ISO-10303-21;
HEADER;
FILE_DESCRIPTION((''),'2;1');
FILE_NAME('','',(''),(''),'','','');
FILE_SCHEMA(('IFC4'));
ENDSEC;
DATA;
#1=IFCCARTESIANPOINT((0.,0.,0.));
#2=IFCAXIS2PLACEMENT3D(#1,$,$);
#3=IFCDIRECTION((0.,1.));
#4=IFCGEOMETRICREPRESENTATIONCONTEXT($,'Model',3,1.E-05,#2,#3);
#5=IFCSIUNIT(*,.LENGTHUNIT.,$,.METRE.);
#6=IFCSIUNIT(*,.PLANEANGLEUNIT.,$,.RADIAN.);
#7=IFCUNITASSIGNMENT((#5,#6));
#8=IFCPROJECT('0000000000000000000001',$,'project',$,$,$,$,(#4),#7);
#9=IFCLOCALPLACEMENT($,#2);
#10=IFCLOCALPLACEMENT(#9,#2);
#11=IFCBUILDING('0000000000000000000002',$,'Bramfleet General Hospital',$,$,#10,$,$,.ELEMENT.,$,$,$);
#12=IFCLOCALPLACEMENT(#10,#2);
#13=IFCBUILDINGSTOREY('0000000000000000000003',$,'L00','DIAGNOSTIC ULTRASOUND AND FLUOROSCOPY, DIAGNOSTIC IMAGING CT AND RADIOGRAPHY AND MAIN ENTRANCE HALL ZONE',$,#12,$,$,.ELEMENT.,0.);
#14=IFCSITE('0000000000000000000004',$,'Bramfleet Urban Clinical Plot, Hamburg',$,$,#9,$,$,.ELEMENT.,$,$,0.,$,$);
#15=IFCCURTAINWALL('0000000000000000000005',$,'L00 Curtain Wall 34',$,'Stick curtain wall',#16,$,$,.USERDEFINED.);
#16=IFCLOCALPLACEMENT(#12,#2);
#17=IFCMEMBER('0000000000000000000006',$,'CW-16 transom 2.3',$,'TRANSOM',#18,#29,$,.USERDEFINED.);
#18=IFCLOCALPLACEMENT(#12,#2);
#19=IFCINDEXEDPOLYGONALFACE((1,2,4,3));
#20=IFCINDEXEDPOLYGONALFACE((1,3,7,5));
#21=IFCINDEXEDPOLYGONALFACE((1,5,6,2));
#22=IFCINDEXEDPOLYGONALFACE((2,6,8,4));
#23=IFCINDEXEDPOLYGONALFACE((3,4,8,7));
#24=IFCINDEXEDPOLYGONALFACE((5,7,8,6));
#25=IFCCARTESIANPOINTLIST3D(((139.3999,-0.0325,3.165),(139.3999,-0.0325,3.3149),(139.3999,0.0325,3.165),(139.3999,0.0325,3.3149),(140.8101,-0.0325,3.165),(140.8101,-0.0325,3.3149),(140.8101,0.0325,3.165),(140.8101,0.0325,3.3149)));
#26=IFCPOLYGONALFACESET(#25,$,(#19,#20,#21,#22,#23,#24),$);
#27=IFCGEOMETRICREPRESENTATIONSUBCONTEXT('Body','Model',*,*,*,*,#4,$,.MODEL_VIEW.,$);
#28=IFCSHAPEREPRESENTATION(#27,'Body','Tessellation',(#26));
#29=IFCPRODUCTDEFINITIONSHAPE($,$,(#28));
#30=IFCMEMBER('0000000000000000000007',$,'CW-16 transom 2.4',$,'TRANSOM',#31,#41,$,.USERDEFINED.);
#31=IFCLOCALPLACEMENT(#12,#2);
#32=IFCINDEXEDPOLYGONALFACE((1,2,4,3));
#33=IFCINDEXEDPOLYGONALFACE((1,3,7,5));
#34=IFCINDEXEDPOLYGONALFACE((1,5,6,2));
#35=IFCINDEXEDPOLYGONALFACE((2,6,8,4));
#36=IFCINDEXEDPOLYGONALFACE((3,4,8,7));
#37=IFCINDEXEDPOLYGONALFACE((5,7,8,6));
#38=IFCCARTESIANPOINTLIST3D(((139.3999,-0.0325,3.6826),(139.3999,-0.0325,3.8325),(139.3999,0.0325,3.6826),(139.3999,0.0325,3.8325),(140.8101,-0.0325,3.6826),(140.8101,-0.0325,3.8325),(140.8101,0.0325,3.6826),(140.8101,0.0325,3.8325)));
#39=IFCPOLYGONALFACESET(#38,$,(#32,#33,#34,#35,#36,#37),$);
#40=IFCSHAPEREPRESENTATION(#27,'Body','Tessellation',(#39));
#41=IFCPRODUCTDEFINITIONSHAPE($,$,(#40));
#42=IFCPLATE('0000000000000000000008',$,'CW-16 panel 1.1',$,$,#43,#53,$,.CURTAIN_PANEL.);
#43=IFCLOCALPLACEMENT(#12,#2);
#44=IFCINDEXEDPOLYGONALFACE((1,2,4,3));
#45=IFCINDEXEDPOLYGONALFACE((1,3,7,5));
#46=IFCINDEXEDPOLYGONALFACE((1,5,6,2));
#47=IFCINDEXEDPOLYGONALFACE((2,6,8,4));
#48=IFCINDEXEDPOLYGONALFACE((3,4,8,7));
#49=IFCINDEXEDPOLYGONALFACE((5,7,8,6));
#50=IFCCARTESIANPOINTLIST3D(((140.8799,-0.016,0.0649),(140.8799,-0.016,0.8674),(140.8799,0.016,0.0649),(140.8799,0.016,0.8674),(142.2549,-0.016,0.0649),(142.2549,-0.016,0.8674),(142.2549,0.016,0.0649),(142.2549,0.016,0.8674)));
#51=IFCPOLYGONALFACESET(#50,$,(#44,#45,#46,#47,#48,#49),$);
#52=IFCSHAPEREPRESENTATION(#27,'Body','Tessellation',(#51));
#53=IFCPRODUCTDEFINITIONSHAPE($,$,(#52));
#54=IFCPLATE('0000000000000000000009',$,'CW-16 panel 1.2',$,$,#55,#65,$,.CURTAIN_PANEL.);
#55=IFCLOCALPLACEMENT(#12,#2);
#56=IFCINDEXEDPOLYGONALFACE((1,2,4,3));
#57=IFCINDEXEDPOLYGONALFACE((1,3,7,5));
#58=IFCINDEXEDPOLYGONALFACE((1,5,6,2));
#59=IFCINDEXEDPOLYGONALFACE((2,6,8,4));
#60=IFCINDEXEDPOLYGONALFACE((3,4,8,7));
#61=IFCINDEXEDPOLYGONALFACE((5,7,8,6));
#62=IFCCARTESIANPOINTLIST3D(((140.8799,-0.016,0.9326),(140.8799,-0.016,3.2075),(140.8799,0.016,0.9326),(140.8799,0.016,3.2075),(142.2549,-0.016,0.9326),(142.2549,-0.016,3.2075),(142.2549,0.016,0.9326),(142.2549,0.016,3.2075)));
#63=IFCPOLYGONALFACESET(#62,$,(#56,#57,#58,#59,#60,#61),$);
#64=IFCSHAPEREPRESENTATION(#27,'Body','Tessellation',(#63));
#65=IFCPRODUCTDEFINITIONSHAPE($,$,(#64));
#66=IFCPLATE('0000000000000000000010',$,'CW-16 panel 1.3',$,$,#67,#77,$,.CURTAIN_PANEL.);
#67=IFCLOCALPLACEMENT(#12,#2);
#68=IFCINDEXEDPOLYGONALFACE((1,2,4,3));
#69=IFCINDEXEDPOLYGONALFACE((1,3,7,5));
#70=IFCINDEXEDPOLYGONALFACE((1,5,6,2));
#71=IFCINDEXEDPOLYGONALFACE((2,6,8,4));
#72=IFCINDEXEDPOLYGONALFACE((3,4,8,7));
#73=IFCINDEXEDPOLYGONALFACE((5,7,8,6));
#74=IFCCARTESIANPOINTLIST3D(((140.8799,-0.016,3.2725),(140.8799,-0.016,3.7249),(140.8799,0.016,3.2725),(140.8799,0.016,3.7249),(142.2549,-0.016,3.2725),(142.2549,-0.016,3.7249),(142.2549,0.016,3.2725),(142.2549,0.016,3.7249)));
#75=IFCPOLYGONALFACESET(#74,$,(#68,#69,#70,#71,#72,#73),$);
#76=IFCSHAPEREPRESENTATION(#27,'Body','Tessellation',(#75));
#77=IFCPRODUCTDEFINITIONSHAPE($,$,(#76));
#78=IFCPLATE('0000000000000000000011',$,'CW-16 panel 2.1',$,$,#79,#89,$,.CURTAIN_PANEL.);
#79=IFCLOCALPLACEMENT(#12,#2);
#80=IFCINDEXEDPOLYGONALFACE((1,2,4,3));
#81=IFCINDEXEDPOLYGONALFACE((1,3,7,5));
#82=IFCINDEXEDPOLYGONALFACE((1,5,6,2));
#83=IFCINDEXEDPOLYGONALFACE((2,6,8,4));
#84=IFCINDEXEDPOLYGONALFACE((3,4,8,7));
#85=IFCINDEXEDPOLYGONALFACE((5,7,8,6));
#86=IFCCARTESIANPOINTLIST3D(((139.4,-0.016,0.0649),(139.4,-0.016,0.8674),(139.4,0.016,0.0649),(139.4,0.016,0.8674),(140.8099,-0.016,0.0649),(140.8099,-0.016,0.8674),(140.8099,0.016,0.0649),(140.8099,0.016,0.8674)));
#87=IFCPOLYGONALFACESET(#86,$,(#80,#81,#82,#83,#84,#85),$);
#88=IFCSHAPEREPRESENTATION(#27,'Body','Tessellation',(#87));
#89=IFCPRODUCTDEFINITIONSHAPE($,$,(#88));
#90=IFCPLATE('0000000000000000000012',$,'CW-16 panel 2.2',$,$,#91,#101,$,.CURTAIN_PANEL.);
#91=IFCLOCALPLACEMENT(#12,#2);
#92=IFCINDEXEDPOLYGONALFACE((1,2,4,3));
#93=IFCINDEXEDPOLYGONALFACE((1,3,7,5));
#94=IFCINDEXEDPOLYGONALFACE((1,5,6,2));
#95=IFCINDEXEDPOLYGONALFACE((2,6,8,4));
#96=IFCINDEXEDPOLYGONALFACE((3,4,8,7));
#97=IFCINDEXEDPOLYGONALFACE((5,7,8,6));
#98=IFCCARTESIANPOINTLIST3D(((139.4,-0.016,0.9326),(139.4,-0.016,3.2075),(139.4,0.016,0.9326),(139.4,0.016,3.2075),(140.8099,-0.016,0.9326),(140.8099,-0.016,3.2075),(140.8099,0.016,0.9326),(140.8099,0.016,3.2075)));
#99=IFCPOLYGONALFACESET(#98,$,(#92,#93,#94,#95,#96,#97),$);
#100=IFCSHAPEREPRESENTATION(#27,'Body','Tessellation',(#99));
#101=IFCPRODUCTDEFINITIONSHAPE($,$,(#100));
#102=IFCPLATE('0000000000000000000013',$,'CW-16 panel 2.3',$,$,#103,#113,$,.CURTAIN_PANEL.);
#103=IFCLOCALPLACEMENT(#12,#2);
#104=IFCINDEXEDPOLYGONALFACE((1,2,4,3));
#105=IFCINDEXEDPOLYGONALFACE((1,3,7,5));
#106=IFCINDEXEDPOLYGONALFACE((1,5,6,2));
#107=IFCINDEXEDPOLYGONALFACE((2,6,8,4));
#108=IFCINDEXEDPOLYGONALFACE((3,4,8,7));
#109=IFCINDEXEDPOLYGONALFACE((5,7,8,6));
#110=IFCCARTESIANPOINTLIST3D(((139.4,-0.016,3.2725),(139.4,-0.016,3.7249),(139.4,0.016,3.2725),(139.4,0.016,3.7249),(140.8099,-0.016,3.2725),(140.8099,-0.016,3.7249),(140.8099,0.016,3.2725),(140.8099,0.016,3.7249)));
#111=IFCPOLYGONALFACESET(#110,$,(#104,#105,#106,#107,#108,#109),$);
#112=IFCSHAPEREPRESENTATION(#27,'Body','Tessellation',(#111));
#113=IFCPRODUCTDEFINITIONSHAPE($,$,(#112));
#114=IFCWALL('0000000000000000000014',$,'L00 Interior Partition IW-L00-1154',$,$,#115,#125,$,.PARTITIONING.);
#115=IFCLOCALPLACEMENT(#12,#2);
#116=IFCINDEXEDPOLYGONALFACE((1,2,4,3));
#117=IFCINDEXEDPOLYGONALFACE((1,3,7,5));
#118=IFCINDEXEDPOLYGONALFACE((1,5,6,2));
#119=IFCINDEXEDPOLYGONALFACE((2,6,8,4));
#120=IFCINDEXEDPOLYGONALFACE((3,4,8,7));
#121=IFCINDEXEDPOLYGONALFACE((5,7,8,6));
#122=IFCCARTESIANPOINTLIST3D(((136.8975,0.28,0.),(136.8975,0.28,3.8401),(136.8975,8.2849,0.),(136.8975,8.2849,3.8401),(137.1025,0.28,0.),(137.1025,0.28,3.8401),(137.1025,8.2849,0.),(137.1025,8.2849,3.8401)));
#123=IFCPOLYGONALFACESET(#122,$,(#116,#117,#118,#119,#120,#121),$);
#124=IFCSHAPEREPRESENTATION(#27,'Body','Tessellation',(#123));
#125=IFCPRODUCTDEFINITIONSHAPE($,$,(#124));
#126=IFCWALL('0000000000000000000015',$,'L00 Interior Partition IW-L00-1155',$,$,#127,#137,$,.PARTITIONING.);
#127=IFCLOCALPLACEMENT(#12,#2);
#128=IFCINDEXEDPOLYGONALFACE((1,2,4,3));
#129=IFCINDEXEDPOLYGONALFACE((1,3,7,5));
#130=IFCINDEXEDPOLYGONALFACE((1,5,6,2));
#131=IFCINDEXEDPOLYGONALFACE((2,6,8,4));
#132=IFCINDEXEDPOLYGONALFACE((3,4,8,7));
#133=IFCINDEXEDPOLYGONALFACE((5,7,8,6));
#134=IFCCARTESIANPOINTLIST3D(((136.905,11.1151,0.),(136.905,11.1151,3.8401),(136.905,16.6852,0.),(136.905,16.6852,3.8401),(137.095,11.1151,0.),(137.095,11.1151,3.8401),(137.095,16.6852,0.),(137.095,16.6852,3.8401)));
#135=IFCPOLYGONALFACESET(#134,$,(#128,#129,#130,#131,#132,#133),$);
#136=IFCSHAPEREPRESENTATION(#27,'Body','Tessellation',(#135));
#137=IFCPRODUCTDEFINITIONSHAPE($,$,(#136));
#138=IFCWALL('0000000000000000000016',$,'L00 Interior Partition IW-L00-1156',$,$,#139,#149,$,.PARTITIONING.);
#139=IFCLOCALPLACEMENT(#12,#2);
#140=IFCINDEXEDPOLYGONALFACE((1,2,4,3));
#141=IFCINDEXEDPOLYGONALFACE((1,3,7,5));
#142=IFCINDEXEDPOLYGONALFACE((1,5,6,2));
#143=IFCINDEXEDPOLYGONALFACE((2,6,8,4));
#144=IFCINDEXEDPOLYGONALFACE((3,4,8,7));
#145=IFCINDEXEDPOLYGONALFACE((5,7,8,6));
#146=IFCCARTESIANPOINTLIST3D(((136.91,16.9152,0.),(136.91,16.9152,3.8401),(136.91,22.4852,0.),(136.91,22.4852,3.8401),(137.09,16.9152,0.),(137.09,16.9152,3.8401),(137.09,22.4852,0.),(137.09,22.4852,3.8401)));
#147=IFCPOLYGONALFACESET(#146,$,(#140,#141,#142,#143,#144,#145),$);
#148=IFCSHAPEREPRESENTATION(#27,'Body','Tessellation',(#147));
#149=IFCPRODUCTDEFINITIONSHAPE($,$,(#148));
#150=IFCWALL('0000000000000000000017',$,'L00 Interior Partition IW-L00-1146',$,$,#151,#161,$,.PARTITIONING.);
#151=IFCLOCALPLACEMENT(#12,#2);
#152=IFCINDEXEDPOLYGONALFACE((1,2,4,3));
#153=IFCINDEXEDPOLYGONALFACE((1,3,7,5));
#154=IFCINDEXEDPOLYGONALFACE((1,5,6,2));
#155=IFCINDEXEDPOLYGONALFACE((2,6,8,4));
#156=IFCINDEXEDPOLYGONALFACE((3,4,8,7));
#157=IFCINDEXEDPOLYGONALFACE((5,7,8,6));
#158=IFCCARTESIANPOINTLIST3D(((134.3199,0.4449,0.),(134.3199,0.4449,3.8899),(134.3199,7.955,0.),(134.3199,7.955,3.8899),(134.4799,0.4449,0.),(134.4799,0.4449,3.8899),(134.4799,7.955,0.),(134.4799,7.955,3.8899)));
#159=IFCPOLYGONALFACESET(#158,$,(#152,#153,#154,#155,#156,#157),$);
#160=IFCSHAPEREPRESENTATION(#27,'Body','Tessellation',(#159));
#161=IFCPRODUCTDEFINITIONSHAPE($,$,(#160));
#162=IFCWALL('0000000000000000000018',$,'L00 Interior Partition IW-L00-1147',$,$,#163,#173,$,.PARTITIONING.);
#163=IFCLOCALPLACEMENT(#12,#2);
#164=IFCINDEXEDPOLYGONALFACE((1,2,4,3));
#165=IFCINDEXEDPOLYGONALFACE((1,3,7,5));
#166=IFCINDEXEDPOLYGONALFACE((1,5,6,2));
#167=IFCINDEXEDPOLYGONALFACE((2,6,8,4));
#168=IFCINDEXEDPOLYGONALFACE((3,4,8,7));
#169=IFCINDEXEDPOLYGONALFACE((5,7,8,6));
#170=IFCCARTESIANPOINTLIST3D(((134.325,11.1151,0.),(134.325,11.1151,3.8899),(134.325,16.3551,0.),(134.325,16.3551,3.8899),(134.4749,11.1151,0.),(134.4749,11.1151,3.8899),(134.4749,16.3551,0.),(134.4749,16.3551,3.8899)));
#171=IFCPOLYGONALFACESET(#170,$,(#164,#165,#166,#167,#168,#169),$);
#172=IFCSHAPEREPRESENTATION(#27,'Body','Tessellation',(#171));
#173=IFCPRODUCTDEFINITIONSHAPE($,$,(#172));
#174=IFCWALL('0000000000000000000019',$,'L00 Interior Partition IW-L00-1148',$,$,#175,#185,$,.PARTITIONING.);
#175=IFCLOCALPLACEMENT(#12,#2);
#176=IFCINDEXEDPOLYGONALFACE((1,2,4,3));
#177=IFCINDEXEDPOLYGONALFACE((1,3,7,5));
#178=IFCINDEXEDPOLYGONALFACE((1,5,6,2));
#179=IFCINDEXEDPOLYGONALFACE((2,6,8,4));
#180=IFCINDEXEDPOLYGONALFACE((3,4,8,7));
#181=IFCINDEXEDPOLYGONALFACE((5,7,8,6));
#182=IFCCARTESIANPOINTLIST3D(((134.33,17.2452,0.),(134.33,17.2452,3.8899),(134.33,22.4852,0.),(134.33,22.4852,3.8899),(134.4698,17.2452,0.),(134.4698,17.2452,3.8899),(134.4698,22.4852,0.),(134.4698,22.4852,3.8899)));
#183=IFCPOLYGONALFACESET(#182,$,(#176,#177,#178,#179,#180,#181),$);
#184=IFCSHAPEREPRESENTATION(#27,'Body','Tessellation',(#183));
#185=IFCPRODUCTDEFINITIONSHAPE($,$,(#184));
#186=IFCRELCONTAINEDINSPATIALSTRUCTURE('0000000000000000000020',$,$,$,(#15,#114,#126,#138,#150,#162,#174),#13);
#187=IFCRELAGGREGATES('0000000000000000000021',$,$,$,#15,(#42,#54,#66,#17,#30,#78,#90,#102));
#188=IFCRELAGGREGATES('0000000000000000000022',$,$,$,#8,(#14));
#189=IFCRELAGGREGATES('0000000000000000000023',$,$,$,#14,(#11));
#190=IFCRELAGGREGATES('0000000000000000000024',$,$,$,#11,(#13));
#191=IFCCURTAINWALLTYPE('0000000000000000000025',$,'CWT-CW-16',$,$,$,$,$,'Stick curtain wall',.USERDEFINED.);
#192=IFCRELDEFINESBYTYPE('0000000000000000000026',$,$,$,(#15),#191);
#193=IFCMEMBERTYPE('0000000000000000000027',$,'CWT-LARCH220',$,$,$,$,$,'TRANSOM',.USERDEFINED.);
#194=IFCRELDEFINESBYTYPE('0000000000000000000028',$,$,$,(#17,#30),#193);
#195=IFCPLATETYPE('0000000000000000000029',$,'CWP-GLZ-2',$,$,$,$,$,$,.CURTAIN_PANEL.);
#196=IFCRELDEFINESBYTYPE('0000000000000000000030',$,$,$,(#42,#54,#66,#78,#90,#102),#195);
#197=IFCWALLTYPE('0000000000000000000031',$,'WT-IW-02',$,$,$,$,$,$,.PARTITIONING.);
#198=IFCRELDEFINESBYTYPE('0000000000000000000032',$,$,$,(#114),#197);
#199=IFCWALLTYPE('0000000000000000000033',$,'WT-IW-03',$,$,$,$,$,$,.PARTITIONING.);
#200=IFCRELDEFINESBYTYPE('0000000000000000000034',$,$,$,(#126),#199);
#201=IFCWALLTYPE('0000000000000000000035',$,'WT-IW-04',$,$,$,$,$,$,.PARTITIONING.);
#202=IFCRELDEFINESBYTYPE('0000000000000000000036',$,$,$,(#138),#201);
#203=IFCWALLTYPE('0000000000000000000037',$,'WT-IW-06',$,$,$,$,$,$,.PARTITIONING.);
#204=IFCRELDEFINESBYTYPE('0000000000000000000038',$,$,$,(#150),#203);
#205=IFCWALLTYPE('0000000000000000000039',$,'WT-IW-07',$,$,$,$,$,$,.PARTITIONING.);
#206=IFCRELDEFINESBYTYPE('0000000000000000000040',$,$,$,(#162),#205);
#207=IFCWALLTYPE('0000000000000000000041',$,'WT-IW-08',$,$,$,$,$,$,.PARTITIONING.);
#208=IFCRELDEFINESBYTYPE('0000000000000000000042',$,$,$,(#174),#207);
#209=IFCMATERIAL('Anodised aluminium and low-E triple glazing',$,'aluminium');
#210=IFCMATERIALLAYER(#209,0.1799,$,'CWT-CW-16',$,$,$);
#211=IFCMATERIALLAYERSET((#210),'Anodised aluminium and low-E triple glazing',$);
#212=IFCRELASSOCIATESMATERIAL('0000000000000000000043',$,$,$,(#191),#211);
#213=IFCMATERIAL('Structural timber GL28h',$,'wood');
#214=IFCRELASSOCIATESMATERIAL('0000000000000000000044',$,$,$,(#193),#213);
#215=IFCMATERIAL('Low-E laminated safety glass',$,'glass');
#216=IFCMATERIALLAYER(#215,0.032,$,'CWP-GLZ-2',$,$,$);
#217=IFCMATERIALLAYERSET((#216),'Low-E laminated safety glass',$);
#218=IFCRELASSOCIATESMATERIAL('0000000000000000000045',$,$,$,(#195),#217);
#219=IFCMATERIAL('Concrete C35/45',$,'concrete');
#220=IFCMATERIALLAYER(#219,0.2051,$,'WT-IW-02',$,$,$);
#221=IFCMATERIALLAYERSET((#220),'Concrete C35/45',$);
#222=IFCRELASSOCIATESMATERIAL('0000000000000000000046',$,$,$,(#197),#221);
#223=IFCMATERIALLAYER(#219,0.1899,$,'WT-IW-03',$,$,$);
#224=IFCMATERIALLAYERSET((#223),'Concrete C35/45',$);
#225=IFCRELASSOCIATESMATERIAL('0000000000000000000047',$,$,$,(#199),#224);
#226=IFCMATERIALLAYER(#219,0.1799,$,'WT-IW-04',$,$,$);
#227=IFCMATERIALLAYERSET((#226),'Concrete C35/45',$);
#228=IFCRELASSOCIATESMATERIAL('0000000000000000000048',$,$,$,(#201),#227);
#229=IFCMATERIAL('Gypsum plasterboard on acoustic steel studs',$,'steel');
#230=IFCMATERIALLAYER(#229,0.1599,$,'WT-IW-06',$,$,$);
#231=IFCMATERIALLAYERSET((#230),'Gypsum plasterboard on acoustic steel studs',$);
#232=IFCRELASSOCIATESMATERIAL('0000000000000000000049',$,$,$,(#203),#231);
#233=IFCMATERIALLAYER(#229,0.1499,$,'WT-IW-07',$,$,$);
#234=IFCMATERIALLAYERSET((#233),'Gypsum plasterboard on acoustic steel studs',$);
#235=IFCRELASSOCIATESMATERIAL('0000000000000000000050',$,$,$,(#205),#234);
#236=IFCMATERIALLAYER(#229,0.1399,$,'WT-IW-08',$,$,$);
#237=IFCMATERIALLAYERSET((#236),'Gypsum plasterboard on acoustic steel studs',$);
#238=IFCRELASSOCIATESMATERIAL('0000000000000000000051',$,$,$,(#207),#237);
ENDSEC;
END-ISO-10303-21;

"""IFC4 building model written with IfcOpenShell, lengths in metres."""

from ifc_helpers import new_model, si_unit, direction, frame, frame_2d, origin, origin_2d, place, context, subcontext, project, spatial, rectangle, extrude, material, layer, layer_set, material_profile, profile_set, type_object, element, aggregate, save


model = new_model("IFC4")

# Units and contexts
model_context = context("Model", 3, precision=1e-05, world=origin(), true_north=direction((0.0, 1.0)))
body_context = subcontext(model_context, "Body", "Model", "MODEL_VIEW")
ifc_project = project(units=[si_unit("LENGTHUNIT", "METRE"), si_unit("PLANEANGLEUNIT", "RADIAN")], contexts=[model_context])

# Site, building, storey
site_placement = place(None, origin())
site = spatial("IfcSite", under=ifc_project, at=site_placement, Name="Bramfleet Urban Clinical Plot, Hamburg", CompositionType="ELEMENT", RefElevation=0.0)
building_placement = place(site_placement, origin())
building = spatial("IfcBuilding", under=site, at=building_placement, Name="Bramfleet General Hospital", CompositionType="ELEMENT")
storey_placement = place(building_placement, origin())
storey = spatial("IfcBuildingStorey", under=building, at=storey_placement, Name="L00", Description="DIAGNOSTIC ULTRASOUND AND FLUOROSCOPY, DIAGNOSTIC IMAGING CT AND RADIOGRAPHY AND MAIN ENTRANCE HALL ZONE", CompositionType="ELEMENT", Elevation=0.0)

# Shared definitions
ifc_material_1 = material(Name="Concrete C35/45", Category="concrete")

# Curtain wall, members, plates
ifc_material_2 = material(Name="Anodised aluminium and low-E triple glazing", Category="aluminium")
ifc_layer_1 = layer(ifc_material_2, 0.1799, Name="CWT-CW-16")
ifc_layer_set_1 = layer_set([ifc_layer_1], Name="Anodised aluminium and low-E triple glazing")
curtain_wall_type = type_object("IfcCurtainWallType", Name="CWT-CW-16", ElementType="Stick curtain wall", PredefinedType="USERDEFINED", material=ifc_layer_set_1)
curtain_wall_placement = place(storey_placement, origin())
curtain_wall = element("IfcCurtainWall", 1, at=curtain_wall_placement, inside=storey, type_object=curtain_wall_type, Name="L00 Curtain Wall 34", ObjectType="Stick curtain wall", PredefinedType="USERDEFINED")
ifc_material_3 = material(Name="Structural timber GL28h", Category="wood")
ifc_material_profile_1 = material_profile(ifc_material_3, rectangle(XDim=0.0649, YDim=0.1499, at=origin_2d()), Name="LARCH 150x65")
ifc_profile_set_1 = profile_set([ifc_material_profile_1], Name="Structural timber GL28h")
member_type_1 = type_object("IfcMemberType", Name="CWT-LARCH220", ElementType="TRANSOM", PredefinedType="USERDEFINED", material=ifc_profile_set_1)
member_1_placement = place(storey_placement, frame((140.8101, 0.0, 3.24), z_axis=(-1.0, 0.0, 0.0), x_axis=(0.0, -1.0, 0.0)))
member_1 = element("IfcMember", 2, at=member_1_placement, type_object=member_type_1, Name="CW-16 transom 2.3", ObjectType="TRANSOM", PredefinedType="USERDEFINED", context=body_context, shape_type="SweptSolid", body=[
    extrude(rectangle(XDim=0.0649, YDim=0.1499, at=origin_2d()), origin(), (0.0, 0.0, 1.0), 1.4102),
])
member_2_placement = place(storey_placement, frame((140.8101, 0.0, 3.7576), z_axis=(-1.0, 0.0, 0.0), x_axis=(0.0, -1.0, 0.0)))
member_2 = element("IfcMember", 3, at=member_2_placement, type_object=member_type_1, Name="CW-16 transom 2.4", ObjectType="TRANSOM", PredefinedType="USERDEFINED", context=body_context, shape_type="SweptSolid", body=[
    extrude(rectangle(XDim=0.0649, YDim=0.1499, at=origin_2d()), origin(), (0.0, 0.0, 1.0), 1.4102),
])
ifc_material_4 = material(Name="Low-E laminated safety glass", Category="glass")
ifc_layer_2 = layer(ifc_material_4, 0.032, Name="CWP-GLZ-2")
ifc_layer_set_2 = layer_set([ifc_layer_2], Name="Low-E laminated safety glass")
plate_type = type_object("IfcPlateType", Name="CWP-GLZ-2", PredefinedType="CURTAIN_PANEL", material=ifc_layer_set_2)
plate_1_placement = place(storey_placement, frame((141.5674, 0.0, 0.0649), z_axis=(0.0, 0.0, 1.0), x_axis=(-1.0, 0.0, 0.0)))
plate_1 = element("IfcPlate", 4, at=plate_1_placement, type_object=plate_type, Name="CW-16 panel 1.1", PredefinedType="CURTAIN_PANEL", context=body_context, shape_type="SweptSolid", body=[
    extrude(rectangle(XDim=1.375, YDim=0.032, at=origin_2d()), origin(), (0.0, 0.0, 1.0), 0.8025),
])
plate_2_placement = place(storey_placement, frame((141.5674, 0.0, 0.9326), z_axis=(0.0, 0.0, 1.0), x_axis=(-1.0, 0.0, 0.0)))
plate_2 = element("IfcPlate", 5, at=plate_2_placement, type_object=plate_type, Name="CW-16 panel 1.2", PredefinedType="CURTAIN_PANEL", context=body_context, shape_type="SweptSolid", body=[
    extrude(rectangle(XDim=1.375, YDim=0.032, at=origin_2d()), origin(), (0.0, 0.0, 1.0), 2.2749),
])
plate_3_placement = place(storey_placement, frame((141.5674, 0.0, 3.2725), z_axis=(0.0, 0.0, 1.0), x_axis=(-1.0, 0.0, 0.0)))
plate_3 = element("IfcPlate", 6, at=plate_3_placement, type_object=plate_type, Name="CW-16 panel 1.3", PredefinedType="CURTAIN_PANEL", context=body_context, shape_type="SweptSolid", body=[
    extrude(rectangle(XDim=1.375, YDim=0.032, at=origin_2d()), origin(), (0.0, 0.0, 1.0), 0.4524),
])
plate_4_placement = place(storey_placement, frame((140.105, 0.0, 0.0649), z_axis=(0.0, 0.0, 1.0), x_axis=(-1.0, 0.0, 0.0)))
plate_4 = element("IfcPlate", 7, at=plate_4_placement, type_object=plate_type, Name="CW-16 panel 2.1", PredefinedType="CURTAIN_PANEL", context=body_context, shape_type="SweptSolid", body=[
    extrude(rectangle(XDim=1.4099, YDim=0.032, at=origin_2d()), origin(), (0.0, 0.0, 1.0), 0.8025),
])
plate_5_placement = place(storey_placement, frame((140.105, 0.0, 0.9326), z_axis=(0.0, 0.0, 1.0), x_axis=(-1.0, 0.0, 0.0)))
plate_5 = element("IfcPlate", 8, at=plate_5_placement, type_object=plate_type, Name="CW-16 panel 2.2", PredefinedType="CURTAIN_PANEL", context=body_context, shape_type="SweptSolid", body=[
    extrude(rectangle(XDim=1.4099, YDim=0.032, at=origin_2d()), origin(), (0.0, 0.0, 1.0), 2.2749),
])
plate_6_placement = place(storey_placement, frame((140.105, 0.0, 3.2725), z_axis=(0.0, 0.0, 1.0), x_axis=(-1.0, 0.0, 0.0)))
plate_6 = element("IfcPlate", 9, at=plate_6_placement, type_object=plate_type, Name="CW-16 panel 2.3", PredefinedType="CURTAIN_PANEL", context=body_context, shape_type="SweptSolid", body=[
    extrude(rectangle(XDim=1.4099, YDim=0.032, at=origin_2d()), origin(), (0.0, 0.0, 1.0), 0.4524),
])
aggregate(curtain_wall, [plate_1, plate_2, plate_3, member_1, member_2, plate_4, plate_5, plate_6])

# Walls
ifc_layer_3 = layer(ifc_material_1, 0.2051, Name="WT-IW-02")
ifc_layer_set_3 = layer_set([ifc_layer_3], Name="Concrete C35/45")
wall_type_1 = type_object("IfcWallType", Name="WT-IW-02", PredefinedType="PARTITIONING", material=ifc_layer_set_3)
wall_1_placement = place(storey_placement, frame((137.0, 0.28, 0.0), z_axis=(0.0, 0.0, 1.0), x_axis=(0.0, 1.0, 0.0)))
element("IfcWall", 10, at=wall_1_placement, inside=storey, type_object=wall_type_1, Name="L00 Interior Partition IW-L00-1154", PredefinedType="PARTITIONING", context=body_context, shape_type="SweptSolid", body=[
    extrude(rectangle(XDim=8.0049, YDim=0.2051, at=frame_2d((4.0024, 0.0))), origin(), (0.0, 0.0, 1.0), 3.8401),
])
ifc_layer_4 = layer(ifc_material_1, 0.1899, Name="WT-IW-03")
ifc_layer_set_4 = layer_set([ifc_layer_4], Name="Concrete C35/45")
wall_type_2 = type_object("IfcWallType", Name="WT-IW-03", PredefinedType="PARTITIONING", material=ifc_layer_set_4)
wall_2_placement = place(storey_placement, frame((137.0, 11.115, 0.0), z_axis=(0.0, 0.0, 1.0), x_axis=(0.0, 1.0, 0.0)))
element("IfcWall", 11, at=wall_2_placement, inside=storey, type_object=wall_type_2, Name="L00 Interior Partition IW-L00-1155", PredefinedType="PARTITIONING", context=body_context, shape_type="SweptSolid", body=[
    extrude(rectangle(XDim=5.5701, YDim=0.1899, at=frame_2d((2.7852, 0.0))), origin(), (0.0, 0.0, 1.0), 3.8401),
])
ifc_layer_5 = layer(ifc_material_1, 0.1799, Name="WT-IW-04")
ifc_layer_set_5 = layer_set([ifc_layer_5], Name="Concrete C35/45")
wall_type_3 = type_object("IfcWallType", Name="WT-IW-04", PredefinedType="PARTITIONING", material=ifc_layer_set_5)
wall_3_placement = place(storey_placement, frame((137.0, 16.915, 0.0), z_axis=(0.0, 0.0, 1.0), x_axis=(0.0, 1.0, 0.0)))
element("IfcWall", 12, at=wall_3_placement, inside=storey, type_object=wall_type_3, Name="L00 Interior Partition IW-L00-1156", PredefinedType="PARTITIONING", context=body_context, shape_type="SweptSolid", body=[
    extrude(rectangle(XDim=5.5701, YDim=0.1799, at=frame_2d((2.7852, 0.0))), origin(), (0.0, 0.0, 1.0), 3.8401),
])
ifc_material_5 = material(Name="Gypsum plasterboard on acoustic steel studs", Category="steel")
ifc_layer_6 = layer(ifc_material_5, 0.1599, Name="WT-IW-06")
ifc_layer_set_6 = layer_set([ifc_layer_6], Name="Gypsum plasterboard on acoustic steel studs")
wall_type_4 = type_object("IfcWallType", Name="WT-IW-06", PredefinedType="PARTITIONING", material=ifc_layer_set_6)
wall_4_placement = place(storey_placement, frame((134.3999, 0.4451, 0.0), z_axis=(0.0, 0.0, 1.0), x_axis=(0.0, 1.0, 0.0)))
element("IfcWall", 13, at=wall_4_placement, inside=storey, type_object=wall_type_4, Name="L00 Interior Partition IW-L00-1146", PredefinedType="PARTITIONING", context=body_context, shape_type="SweptSolid", body=[
    extrude(rectangle(XDim=7.51, YDim=0.1599, at=frame_2d((3.7549, 0.0))), origin(), (0.0, 0.0, 1.0), 3.8899),
])
ifc_layer_7 = layer(ifc_material_5, 0.1499, Name="WT-IW-07")
ifc_layer_set_7 = layer_set([ifc_layer_7], Name="Gypsum plasterboard on acoustic steel studs")
wall_type_5 = type_object("IfcWallType", Name="WT-IW-07", PredefinedType="PARTITIONING", material=ifc_layer_set_7)
wall_5_placement = place(storey_placement, frame((134.3999, 11.115, 0.0), z_axis=(0.0, 0.0, 1.0), x_axis=(0.0, 1.0, 0.0)))
element("IfcWall", 14, at=wall_5_placement, inside=storey, type_object=wall_type_5, Name="L00 Interior Partition IW-L00-1147", PredefinedType="PARTITIONING", context=body_context, shape_type="SweptSolid", body=[
    extrude(rectangle(XDim=5.24, YDim=0.1499, at=frame_2d((2.6201, 0.0))), origin(), (0.0, 0.0, 1.0), 3.8899),
])
ifc_layer_8 = layer(ifc_material_5, 0.1399, Name="WT-IW-08")
ifc_layer_set_8 = layer_set([ifc_layer_8], Name="Gypsum plasterboard on acoustic steel studs")
wall_type_6 = type_object("IfcWallType", Name="WT-IW-08", PredefinedType="PARTITIONING", material=ifc_layer_set_8)
wall_6_placement = place(storey_placement, frame((134.3999, 17.2451, 0.0), z_axis=(0.0, 0.0, 1.0), x_axis=(0.0, 1.0, 0.0)))
element("IfcWall", 15, at=wall_6_placement, inside=storey, type_object=wall_type_6, Name="L00 Interior Partition IW-L00-1148", PredefinedType="PARTITIONING", context=body_context, shape_type="SweptSolid", body=[
    extrude(rectangle(XDim=5.24, YDim=0.1399, at=frame_2d((2.6201, 0.0))), origin(), (0.0, 0.0, 1.0), 3.8899),
])

save(model, "model.ifc")
